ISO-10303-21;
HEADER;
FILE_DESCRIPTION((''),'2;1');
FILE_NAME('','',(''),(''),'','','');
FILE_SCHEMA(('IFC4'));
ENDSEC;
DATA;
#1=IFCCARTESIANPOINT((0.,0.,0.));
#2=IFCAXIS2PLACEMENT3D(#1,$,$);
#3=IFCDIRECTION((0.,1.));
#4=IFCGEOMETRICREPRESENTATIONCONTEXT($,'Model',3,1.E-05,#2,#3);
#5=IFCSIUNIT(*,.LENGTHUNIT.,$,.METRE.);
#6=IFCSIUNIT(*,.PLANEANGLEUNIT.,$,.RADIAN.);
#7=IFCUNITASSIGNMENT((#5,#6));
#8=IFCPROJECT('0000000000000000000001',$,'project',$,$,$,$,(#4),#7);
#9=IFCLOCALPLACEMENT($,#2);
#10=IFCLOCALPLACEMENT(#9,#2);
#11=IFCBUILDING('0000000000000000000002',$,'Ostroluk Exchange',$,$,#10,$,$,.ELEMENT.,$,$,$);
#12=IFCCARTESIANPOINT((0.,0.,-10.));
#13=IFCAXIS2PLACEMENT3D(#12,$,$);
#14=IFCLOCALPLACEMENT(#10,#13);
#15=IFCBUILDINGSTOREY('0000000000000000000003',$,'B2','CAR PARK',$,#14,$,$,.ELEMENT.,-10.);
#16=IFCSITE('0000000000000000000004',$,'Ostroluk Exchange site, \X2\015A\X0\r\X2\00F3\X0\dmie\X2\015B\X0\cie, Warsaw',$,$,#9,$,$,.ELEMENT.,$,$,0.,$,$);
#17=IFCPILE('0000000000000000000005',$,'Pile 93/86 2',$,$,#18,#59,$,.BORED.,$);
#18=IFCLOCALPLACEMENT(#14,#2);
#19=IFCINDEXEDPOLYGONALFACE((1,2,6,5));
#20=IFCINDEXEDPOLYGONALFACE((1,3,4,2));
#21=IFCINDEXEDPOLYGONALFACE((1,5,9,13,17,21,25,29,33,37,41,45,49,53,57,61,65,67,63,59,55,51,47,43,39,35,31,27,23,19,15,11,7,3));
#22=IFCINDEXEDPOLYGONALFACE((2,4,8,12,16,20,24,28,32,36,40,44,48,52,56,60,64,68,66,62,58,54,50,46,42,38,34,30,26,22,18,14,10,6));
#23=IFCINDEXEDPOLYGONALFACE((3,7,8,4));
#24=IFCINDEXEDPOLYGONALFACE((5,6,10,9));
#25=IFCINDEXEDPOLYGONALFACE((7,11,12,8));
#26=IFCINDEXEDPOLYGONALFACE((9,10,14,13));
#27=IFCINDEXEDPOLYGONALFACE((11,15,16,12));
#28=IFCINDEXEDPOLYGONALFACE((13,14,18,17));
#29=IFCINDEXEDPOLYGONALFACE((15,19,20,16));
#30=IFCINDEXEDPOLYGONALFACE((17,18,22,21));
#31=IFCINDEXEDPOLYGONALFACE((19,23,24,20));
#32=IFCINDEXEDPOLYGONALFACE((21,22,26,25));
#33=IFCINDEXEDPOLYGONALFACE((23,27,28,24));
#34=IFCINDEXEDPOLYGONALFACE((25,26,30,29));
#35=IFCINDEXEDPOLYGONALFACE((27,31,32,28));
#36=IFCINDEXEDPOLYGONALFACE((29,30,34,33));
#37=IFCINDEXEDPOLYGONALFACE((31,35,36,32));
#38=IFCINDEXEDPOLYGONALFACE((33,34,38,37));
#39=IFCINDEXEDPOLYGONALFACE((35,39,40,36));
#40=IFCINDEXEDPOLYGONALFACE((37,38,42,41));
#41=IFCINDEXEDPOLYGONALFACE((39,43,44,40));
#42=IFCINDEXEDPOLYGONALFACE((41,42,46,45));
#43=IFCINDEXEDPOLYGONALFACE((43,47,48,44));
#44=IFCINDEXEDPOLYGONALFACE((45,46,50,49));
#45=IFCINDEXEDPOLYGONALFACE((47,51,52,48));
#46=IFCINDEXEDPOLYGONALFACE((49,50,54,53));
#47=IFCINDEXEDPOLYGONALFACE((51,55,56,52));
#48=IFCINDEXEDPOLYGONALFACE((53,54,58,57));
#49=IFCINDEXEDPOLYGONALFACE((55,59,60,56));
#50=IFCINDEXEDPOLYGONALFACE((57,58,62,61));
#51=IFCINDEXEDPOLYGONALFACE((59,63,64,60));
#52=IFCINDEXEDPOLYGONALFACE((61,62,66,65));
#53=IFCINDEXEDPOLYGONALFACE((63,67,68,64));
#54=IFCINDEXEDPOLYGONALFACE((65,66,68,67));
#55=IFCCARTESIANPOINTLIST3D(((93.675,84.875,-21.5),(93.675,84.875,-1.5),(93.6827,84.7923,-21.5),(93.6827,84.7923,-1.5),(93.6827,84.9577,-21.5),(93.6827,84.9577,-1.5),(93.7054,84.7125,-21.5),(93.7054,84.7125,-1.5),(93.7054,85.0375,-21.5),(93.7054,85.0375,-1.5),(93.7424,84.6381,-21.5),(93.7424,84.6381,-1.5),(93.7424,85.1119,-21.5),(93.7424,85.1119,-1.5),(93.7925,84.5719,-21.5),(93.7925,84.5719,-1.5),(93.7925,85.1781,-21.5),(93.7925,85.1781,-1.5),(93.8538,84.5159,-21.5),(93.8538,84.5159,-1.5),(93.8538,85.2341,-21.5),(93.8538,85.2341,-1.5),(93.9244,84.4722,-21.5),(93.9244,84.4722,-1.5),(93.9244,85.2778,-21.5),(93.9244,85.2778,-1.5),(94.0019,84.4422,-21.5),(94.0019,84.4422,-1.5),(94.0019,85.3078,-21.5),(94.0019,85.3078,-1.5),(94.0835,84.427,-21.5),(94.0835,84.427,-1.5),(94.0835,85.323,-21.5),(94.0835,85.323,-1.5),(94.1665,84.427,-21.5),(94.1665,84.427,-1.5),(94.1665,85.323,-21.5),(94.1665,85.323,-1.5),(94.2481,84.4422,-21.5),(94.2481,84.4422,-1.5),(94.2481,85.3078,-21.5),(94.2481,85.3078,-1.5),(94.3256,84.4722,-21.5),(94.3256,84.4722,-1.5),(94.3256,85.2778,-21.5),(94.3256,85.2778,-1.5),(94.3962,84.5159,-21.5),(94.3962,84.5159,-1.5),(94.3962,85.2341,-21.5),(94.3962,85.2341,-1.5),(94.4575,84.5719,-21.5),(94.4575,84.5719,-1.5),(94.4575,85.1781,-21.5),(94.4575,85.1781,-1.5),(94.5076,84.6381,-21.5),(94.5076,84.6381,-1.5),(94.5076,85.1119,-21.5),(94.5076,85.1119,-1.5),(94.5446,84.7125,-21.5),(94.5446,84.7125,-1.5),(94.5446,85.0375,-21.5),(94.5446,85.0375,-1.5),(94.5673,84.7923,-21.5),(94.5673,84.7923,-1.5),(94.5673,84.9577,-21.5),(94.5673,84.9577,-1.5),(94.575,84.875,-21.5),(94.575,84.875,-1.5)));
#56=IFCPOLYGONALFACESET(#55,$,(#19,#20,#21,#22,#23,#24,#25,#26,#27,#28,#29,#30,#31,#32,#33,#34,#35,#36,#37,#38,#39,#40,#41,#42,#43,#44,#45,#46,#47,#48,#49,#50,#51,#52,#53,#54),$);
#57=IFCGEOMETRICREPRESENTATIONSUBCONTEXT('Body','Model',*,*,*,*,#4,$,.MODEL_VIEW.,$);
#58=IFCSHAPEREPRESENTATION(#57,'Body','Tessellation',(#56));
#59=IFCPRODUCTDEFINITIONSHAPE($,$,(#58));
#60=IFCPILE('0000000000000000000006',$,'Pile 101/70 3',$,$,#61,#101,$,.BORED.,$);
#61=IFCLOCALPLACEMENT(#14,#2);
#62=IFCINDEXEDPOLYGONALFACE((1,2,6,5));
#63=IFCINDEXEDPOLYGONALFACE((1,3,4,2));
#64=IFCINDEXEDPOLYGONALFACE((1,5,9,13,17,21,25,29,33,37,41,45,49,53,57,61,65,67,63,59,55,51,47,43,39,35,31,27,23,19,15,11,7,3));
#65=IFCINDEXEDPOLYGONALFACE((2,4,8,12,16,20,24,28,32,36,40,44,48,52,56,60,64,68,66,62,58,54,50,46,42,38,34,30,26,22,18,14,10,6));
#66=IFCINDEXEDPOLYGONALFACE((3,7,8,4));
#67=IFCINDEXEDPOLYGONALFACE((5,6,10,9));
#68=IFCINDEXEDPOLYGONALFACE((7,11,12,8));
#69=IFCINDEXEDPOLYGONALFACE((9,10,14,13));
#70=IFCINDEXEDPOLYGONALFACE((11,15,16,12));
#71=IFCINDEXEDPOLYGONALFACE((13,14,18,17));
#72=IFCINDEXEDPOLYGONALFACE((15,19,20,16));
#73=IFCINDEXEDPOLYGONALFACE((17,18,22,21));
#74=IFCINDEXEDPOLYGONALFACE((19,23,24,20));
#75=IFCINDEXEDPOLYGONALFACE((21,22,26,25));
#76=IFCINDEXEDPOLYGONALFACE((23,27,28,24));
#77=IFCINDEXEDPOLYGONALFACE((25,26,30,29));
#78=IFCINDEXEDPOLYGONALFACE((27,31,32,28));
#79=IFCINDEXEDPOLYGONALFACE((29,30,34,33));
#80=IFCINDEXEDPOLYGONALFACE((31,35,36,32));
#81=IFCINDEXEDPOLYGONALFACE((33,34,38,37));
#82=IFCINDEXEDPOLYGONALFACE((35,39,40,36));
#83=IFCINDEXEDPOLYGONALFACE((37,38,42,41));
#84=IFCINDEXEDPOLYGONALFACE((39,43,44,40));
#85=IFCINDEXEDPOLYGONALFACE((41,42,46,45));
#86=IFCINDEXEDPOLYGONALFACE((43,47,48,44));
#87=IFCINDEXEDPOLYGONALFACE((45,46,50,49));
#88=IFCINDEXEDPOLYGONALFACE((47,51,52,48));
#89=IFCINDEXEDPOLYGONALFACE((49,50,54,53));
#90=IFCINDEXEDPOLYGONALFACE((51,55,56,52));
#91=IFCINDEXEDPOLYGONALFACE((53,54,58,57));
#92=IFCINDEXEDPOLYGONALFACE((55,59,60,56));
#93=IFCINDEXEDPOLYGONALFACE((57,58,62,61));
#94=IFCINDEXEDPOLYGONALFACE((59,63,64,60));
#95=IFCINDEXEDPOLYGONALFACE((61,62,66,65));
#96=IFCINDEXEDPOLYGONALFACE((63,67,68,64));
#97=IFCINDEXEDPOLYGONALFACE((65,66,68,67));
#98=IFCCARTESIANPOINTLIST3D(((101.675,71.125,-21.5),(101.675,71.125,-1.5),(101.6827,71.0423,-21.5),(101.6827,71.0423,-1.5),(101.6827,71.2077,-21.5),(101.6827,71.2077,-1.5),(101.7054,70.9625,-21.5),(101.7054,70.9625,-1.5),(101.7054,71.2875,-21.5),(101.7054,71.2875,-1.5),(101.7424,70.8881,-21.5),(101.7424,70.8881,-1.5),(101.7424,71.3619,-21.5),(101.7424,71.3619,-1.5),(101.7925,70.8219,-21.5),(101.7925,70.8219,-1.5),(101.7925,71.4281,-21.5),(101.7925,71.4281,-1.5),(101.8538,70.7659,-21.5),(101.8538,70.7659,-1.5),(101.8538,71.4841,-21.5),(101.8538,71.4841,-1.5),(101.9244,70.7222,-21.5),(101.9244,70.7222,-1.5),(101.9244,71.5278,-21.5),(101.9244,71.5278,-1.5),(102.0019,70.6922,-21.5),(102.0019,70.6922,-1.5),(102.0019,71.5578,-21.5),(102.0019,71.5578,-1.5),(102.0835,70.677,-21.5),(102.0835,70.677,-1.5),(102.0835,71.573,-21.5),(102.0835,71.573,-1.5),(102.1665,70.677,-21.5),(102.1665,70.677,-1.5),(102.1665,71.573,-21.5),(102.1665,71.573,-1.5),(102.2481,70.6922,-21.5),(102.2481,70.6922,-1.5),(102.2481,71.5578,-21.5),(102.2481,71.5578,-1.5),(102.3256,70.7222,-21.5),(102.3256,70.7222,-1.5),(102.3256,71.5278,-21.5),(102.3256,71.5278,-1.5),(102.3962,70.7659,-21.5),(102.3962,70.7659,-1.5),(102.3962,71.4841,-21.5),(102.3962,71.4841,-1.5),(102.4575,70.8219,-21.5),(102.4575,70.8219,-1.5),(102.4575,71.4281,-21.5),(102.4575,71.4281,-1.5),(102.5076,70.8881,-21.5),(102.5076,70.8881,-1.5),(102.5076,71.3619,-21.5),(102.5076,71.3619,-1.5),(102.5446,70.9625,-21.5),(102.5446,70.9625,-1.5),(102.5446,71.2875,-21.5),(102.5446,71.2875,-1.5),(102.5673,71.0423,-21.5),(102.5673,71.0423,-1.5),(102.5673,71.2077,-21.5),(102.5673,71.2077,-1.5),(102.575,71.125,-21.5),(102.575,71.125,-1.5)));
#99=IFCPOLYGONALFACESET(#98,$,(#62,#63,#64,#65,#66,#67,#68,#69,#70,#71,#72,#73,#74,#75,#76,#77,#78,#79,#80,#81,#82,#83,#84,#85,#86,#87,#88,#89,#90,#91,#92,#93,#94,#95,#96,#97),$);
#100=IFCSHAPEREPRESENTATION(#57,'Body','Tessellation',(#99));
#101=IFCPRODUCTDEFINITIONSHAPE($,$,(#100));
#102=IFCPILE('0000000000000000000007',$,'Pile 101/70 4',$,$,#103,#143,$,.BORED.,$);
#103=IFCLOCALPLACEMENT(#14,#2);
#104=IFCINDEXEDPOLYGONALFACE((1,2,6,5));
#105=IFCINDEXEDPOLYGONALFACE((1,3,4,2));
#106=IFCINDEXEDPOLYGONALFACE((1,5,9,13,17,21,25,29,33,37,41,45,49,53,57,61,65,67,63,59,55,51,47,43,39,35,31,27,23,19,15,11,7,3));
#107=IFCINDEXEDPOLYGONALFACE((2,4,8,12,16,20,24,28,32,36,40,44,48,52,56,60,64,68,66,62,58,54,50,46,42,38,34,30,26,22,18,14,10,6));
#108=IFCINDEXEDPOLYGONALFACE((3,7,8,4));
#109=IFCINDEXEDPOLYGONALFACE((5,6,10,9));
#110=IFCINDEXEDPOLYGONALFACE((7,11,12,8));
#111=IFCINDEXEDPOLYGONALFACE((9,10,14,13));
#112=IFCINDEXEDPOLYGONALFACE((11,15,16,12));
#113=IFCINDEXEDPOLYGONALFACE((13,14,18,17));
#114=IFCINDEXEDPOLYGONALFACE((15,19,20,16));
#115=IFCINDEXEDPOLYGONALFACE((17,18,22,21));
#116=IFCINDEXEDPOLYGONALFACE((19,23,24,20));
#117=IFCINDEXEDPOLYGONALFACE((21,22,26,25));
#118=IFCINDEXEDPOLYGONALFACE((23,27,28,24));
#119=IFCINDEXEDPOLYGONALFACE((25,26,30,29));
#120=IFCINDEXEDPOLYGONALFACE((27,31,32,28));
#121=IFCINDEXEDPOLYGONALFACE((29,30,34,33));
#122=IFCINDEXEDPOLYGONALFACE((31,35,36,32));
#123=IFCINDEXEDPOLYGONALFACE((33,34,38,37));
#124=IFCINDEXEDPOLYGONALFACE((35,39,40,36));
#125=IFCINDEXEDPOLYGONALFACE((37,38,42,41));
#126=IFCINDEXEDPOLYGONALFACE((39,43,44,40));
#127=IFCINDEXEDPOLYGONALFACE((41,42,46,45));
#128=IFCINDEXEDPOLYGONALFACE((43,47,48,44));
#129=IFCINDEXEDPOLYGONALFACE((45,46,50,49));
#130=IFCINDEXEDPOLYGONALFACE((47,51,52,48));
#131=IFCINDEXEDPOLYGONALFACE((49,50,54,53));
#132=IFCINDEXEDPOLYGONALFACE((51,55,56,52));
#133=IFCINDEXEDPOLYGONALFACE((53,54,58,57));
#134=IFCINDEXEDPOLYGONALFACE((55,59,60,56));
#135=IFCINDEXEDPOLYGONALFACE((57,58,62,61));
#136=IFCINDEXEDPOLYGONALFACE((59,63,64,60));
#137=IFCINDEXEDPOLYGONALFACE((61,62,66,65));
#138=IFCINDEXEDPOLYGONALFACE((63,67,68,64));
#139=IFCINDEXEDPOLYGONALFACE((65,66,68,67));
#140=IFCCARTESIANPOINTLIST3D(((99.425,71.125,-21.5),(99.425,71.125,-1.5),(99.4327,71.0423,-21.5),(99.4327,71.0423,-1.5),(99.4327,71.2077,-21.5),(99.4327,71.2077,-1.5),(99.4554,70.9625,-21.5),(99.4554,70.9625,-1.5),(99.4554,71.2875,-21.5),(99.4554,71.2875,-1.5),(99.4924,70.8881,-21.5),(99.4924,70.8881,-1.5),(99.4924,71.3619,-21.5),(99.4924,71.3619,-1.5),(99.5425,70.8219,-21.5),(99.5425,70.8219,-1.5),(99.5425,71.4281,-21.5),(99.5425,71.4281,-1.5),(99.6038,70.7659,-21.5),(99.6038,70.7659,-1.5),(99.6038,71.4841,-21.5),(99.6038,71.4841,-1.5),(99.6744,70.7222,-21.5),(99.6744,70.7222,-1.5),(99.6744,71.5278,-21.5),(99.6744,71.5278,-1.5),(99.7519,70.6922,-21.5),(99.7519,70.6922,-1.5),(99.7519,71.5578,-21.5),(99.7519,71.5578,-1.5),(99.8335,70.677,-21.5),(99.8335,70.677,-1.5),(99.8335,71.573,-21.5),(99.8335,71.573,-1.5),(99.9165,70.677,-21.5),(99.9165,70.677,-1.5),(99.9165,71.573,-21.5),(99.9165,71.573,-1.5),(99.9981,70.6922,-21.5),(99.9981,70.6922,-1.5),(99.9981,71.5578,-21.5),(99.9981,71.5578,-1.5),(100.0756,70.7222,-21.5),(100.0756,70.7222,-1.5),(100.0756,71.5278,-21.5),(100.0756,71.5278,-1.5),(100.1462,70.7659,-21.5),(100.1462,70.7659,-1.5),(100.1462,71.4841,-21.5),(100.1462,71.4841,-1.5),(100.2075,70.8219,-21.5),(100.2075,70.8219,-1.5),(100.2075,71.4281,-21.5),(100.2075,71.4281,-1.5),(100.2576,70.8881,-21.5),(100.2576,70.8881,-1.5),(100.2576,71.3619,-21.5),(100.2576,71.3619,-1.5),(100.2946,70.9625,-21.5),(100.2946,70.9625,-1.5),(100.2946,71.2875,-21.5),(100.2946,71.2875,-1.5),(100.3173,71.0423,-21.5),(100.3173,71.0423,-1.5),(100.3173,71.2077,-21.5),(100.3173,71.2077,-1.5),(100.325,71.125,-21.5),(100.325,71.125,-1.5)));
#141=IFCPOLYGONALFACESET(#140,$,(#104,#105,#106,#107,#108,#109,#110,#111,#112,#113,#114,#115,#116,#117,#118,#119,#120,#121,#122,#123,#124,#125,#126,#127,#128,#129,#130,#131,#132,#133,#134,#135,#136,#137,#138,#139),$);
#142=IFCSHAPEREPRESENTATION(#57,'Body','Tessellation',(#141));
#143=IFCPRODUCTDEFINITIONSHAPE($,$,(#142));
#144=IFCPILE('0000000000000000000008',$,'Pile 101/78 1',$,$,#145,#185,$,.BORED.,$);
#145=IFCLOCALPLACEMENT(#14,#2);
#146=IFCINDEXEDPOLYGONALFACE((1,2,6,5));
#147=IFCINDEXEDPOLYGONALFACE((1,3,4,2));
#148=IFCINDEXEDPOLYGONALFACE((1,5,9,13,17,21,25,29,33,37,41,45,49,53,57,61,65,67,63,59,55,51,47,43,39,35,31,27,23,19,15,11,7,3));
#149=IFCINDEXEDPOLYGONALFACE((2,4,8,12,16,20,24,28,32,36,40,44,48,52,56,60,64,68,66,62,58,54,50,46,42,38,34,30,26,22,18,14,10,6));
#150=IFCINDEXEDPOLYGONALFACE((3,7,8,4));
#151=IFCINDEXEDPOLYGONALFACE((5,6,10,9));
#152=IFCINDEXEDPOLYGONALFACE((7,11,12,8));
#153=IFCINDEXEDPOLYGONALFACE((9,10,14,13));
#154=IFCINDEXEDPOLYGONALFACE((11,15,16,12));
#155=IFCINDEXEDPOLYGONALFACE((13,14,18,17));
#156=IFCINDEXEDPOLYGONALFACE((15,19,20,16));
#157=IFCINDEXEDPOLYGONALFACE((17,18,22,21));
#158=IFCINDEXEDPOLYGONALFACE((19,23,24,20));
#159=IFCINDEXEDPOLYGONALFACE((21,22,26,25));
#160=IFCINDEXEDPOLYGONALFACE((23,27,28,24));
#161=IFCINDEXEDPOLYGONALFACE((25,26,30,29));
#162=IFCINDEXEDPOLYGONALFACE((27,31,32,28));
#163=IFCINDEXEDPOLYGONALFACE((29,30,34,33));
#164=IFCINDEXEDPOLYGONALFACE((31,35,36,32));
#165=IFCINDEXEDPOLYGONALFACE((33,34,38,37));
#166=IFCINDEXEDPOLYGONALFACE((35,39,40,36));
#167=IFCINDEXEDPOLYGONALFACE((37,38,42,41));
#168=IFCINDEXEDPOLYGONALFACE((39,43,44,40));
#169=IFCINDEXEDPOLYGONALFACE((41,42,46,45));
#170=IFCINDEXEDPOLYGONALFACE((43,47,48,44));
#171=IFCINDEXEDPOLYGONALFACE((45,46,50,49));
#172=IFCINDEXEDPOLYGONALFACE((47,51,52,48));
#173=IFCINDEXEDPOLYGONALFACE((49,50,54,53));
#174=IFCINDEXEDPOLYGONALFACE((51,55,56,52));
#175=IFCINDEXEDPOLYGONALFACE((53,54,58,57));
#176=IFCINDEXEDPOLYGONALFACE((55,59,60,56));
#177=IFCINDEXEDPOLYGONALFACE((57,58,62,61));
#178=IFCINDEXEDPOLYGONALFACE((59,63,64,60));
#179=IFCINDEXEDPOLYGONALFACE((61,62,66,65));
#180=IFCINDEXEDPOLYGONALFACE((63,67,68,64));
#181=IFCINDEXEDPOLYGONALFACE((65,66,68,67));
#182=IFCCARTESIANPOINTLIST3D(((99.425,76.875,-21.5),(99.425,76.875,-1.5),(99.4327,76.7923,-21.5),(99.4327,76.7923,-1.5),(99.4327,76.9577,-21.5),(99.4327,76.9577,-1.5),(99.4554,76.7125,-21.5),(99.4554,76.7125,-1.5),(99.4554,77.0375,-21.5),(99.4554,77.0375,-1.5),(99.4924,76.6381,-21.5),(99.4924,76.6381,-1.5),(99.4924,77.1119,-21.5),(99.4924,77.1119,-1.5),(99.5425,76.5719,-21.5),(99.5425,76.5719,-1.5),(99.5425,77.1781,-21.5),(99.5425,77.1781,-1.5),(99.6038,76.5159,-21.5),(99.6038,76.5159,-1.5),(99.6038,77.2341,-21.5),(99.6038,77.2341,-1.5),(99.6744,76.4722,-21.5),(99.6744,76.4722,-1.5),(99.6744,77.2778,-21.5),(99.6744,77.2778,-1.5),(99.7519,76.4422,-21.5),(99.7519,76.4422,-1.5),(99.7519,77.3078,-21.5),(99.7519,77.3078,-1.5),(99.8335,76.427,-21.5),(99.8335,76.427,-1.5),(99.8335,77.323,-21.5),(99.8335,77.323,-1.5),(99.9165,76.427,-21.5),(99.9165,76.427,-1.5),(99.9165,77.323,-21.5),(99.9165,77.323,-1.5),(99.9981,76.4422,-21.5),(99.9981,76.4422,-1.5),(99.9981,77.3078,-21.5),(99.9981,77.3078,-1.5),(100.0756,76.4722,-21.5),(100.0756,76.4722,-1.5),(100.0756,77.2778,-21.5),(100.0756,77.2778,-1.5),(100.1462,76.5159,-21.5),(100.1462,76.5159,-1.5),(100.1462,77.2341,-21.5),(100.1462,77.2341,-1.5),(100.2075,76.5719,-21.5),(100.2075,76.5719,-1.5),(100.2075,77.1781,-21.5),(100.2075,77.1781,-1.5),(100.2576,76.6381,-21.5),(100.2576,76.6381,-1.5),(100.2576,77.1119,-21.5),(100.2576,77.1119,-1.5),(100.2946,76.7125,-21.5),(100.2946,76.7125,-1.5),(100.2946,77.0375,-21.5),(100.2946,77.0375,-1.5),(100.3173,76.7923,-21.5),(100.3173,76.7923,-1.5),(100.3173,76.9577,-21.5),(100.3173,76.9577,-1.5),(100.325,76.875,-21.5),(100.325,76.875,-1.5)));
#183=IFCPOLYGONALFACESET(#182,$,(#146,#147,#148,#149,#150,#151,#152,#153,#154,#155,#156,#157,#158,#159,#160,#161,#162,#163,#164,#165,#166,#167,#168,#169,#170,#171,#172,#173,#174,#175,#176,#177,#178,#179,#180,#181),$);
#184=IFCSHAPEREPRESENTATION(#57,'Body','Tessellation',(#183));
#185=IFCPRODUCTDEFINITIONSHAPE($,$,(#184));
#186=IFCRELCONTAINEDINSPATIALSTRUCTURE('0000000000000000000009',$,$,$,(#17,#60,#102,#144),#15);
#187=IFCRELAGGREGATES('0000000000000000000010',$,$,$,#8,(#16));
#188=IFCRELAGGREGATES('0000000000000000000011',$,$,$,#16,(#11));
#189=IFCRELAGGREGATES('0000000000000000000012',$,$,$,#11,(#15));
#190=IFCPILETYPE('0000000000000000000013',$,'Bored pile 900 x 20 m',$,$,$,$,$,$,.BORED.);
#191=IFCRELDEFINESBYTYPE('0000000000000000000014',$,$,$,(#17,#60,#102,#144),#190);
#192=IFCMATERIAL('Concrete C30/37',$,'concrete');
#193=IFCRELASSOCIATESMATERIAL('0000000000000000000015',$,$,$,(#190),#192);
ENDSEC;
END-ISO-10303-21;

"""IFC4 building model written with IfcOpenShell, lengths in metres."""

from ifc_helpers import new_model, si_unit, direction, frame, origin, origin_2d, place, context, subcontext, project, spatial, circle, extrude, material, type_object, element, save


model = new_model("IFC4")

# Units and contexts
model_context = context("Model", 3, precision=1e-05, world=origin(), true_north=direction((0.0, 1.0)))
body_context = subcontext(model_context, "Body", "Model", "MODEL_VIEW")
ifc_project = project(units=[si_unit("LENGTHUNIT", "METRE"), si_unit("PLANEANGLEUNIT", "RADIAN")], contexts=[model_context])

# Site, building, storey
site_placement = place(None, origin())
site = spatial("IfcSite", under=ifc_project, at=site_placement, Name="Ostroluk Exchange site, Śródmieście, Warsaw", CompositionType="ELEMENT", RefElevation=0.0)
building_placement = place(site_placement, origin())
building = spatial("IfcBuilding", under=site, at=building_placement, Name="Ostroluk Exchange", CompositionType="ELEMENT")
storey_placement = place(building_placement, frame((0.0, 0.0, -10.0)))
storey = spatial("IfcBuildingStorey", under=building, at=storey_placement, Name="B2", Description="CAR PARK", CompositionType="ELEMENT", Elevation=-10.0)

# Piles
ifc_material_1 = material(Name="Concrete C30/37", Category="concrete")
pile_type = type_object("IfcPileType", Name="Bored pile 900 x 20 m", PredefinedType="BORED", material=ifc_material_1)
for number, where, z_axis, x_axis, name in (
    (1, (94.125, 84.875, -1.5), (0.0, 0.0, -1.0), (1.0, 0.0, 0.0), "Pile 93/86 2"),
    (2, (102.125, 71.125, -1.5), (0.0, 0.0, -1.0), (1.0, 0.0, 0.0), "Pile 101/70 3"),
    (3, (99.875, 71.125, -1.5), (0.0, 0.0, -1.0), (1.0, 0.0, 0.0), "Pile 101/70 4"),
    (4, (99.875, 76.875, -1.5), (0.0, 0.0, -1.0), (1.0, 0.0, 0.0), "Pile 101/78 1"),
):
    element("IfcPile", number, at=place(storey_placement, frame(where, z_axis=z_axis, x_axis=x_axis)), inside=storey, type_object=pile_type, Name=name, PredefinedType="BORED", context=body_context, shape_type="SweptSolid", body=[
        extrude(circle(Radius=0.45, at=origin_2d()), origin(), (0.0, 0.0, 1.0), 20.0),
    ])

save(model, "model.ifc")
